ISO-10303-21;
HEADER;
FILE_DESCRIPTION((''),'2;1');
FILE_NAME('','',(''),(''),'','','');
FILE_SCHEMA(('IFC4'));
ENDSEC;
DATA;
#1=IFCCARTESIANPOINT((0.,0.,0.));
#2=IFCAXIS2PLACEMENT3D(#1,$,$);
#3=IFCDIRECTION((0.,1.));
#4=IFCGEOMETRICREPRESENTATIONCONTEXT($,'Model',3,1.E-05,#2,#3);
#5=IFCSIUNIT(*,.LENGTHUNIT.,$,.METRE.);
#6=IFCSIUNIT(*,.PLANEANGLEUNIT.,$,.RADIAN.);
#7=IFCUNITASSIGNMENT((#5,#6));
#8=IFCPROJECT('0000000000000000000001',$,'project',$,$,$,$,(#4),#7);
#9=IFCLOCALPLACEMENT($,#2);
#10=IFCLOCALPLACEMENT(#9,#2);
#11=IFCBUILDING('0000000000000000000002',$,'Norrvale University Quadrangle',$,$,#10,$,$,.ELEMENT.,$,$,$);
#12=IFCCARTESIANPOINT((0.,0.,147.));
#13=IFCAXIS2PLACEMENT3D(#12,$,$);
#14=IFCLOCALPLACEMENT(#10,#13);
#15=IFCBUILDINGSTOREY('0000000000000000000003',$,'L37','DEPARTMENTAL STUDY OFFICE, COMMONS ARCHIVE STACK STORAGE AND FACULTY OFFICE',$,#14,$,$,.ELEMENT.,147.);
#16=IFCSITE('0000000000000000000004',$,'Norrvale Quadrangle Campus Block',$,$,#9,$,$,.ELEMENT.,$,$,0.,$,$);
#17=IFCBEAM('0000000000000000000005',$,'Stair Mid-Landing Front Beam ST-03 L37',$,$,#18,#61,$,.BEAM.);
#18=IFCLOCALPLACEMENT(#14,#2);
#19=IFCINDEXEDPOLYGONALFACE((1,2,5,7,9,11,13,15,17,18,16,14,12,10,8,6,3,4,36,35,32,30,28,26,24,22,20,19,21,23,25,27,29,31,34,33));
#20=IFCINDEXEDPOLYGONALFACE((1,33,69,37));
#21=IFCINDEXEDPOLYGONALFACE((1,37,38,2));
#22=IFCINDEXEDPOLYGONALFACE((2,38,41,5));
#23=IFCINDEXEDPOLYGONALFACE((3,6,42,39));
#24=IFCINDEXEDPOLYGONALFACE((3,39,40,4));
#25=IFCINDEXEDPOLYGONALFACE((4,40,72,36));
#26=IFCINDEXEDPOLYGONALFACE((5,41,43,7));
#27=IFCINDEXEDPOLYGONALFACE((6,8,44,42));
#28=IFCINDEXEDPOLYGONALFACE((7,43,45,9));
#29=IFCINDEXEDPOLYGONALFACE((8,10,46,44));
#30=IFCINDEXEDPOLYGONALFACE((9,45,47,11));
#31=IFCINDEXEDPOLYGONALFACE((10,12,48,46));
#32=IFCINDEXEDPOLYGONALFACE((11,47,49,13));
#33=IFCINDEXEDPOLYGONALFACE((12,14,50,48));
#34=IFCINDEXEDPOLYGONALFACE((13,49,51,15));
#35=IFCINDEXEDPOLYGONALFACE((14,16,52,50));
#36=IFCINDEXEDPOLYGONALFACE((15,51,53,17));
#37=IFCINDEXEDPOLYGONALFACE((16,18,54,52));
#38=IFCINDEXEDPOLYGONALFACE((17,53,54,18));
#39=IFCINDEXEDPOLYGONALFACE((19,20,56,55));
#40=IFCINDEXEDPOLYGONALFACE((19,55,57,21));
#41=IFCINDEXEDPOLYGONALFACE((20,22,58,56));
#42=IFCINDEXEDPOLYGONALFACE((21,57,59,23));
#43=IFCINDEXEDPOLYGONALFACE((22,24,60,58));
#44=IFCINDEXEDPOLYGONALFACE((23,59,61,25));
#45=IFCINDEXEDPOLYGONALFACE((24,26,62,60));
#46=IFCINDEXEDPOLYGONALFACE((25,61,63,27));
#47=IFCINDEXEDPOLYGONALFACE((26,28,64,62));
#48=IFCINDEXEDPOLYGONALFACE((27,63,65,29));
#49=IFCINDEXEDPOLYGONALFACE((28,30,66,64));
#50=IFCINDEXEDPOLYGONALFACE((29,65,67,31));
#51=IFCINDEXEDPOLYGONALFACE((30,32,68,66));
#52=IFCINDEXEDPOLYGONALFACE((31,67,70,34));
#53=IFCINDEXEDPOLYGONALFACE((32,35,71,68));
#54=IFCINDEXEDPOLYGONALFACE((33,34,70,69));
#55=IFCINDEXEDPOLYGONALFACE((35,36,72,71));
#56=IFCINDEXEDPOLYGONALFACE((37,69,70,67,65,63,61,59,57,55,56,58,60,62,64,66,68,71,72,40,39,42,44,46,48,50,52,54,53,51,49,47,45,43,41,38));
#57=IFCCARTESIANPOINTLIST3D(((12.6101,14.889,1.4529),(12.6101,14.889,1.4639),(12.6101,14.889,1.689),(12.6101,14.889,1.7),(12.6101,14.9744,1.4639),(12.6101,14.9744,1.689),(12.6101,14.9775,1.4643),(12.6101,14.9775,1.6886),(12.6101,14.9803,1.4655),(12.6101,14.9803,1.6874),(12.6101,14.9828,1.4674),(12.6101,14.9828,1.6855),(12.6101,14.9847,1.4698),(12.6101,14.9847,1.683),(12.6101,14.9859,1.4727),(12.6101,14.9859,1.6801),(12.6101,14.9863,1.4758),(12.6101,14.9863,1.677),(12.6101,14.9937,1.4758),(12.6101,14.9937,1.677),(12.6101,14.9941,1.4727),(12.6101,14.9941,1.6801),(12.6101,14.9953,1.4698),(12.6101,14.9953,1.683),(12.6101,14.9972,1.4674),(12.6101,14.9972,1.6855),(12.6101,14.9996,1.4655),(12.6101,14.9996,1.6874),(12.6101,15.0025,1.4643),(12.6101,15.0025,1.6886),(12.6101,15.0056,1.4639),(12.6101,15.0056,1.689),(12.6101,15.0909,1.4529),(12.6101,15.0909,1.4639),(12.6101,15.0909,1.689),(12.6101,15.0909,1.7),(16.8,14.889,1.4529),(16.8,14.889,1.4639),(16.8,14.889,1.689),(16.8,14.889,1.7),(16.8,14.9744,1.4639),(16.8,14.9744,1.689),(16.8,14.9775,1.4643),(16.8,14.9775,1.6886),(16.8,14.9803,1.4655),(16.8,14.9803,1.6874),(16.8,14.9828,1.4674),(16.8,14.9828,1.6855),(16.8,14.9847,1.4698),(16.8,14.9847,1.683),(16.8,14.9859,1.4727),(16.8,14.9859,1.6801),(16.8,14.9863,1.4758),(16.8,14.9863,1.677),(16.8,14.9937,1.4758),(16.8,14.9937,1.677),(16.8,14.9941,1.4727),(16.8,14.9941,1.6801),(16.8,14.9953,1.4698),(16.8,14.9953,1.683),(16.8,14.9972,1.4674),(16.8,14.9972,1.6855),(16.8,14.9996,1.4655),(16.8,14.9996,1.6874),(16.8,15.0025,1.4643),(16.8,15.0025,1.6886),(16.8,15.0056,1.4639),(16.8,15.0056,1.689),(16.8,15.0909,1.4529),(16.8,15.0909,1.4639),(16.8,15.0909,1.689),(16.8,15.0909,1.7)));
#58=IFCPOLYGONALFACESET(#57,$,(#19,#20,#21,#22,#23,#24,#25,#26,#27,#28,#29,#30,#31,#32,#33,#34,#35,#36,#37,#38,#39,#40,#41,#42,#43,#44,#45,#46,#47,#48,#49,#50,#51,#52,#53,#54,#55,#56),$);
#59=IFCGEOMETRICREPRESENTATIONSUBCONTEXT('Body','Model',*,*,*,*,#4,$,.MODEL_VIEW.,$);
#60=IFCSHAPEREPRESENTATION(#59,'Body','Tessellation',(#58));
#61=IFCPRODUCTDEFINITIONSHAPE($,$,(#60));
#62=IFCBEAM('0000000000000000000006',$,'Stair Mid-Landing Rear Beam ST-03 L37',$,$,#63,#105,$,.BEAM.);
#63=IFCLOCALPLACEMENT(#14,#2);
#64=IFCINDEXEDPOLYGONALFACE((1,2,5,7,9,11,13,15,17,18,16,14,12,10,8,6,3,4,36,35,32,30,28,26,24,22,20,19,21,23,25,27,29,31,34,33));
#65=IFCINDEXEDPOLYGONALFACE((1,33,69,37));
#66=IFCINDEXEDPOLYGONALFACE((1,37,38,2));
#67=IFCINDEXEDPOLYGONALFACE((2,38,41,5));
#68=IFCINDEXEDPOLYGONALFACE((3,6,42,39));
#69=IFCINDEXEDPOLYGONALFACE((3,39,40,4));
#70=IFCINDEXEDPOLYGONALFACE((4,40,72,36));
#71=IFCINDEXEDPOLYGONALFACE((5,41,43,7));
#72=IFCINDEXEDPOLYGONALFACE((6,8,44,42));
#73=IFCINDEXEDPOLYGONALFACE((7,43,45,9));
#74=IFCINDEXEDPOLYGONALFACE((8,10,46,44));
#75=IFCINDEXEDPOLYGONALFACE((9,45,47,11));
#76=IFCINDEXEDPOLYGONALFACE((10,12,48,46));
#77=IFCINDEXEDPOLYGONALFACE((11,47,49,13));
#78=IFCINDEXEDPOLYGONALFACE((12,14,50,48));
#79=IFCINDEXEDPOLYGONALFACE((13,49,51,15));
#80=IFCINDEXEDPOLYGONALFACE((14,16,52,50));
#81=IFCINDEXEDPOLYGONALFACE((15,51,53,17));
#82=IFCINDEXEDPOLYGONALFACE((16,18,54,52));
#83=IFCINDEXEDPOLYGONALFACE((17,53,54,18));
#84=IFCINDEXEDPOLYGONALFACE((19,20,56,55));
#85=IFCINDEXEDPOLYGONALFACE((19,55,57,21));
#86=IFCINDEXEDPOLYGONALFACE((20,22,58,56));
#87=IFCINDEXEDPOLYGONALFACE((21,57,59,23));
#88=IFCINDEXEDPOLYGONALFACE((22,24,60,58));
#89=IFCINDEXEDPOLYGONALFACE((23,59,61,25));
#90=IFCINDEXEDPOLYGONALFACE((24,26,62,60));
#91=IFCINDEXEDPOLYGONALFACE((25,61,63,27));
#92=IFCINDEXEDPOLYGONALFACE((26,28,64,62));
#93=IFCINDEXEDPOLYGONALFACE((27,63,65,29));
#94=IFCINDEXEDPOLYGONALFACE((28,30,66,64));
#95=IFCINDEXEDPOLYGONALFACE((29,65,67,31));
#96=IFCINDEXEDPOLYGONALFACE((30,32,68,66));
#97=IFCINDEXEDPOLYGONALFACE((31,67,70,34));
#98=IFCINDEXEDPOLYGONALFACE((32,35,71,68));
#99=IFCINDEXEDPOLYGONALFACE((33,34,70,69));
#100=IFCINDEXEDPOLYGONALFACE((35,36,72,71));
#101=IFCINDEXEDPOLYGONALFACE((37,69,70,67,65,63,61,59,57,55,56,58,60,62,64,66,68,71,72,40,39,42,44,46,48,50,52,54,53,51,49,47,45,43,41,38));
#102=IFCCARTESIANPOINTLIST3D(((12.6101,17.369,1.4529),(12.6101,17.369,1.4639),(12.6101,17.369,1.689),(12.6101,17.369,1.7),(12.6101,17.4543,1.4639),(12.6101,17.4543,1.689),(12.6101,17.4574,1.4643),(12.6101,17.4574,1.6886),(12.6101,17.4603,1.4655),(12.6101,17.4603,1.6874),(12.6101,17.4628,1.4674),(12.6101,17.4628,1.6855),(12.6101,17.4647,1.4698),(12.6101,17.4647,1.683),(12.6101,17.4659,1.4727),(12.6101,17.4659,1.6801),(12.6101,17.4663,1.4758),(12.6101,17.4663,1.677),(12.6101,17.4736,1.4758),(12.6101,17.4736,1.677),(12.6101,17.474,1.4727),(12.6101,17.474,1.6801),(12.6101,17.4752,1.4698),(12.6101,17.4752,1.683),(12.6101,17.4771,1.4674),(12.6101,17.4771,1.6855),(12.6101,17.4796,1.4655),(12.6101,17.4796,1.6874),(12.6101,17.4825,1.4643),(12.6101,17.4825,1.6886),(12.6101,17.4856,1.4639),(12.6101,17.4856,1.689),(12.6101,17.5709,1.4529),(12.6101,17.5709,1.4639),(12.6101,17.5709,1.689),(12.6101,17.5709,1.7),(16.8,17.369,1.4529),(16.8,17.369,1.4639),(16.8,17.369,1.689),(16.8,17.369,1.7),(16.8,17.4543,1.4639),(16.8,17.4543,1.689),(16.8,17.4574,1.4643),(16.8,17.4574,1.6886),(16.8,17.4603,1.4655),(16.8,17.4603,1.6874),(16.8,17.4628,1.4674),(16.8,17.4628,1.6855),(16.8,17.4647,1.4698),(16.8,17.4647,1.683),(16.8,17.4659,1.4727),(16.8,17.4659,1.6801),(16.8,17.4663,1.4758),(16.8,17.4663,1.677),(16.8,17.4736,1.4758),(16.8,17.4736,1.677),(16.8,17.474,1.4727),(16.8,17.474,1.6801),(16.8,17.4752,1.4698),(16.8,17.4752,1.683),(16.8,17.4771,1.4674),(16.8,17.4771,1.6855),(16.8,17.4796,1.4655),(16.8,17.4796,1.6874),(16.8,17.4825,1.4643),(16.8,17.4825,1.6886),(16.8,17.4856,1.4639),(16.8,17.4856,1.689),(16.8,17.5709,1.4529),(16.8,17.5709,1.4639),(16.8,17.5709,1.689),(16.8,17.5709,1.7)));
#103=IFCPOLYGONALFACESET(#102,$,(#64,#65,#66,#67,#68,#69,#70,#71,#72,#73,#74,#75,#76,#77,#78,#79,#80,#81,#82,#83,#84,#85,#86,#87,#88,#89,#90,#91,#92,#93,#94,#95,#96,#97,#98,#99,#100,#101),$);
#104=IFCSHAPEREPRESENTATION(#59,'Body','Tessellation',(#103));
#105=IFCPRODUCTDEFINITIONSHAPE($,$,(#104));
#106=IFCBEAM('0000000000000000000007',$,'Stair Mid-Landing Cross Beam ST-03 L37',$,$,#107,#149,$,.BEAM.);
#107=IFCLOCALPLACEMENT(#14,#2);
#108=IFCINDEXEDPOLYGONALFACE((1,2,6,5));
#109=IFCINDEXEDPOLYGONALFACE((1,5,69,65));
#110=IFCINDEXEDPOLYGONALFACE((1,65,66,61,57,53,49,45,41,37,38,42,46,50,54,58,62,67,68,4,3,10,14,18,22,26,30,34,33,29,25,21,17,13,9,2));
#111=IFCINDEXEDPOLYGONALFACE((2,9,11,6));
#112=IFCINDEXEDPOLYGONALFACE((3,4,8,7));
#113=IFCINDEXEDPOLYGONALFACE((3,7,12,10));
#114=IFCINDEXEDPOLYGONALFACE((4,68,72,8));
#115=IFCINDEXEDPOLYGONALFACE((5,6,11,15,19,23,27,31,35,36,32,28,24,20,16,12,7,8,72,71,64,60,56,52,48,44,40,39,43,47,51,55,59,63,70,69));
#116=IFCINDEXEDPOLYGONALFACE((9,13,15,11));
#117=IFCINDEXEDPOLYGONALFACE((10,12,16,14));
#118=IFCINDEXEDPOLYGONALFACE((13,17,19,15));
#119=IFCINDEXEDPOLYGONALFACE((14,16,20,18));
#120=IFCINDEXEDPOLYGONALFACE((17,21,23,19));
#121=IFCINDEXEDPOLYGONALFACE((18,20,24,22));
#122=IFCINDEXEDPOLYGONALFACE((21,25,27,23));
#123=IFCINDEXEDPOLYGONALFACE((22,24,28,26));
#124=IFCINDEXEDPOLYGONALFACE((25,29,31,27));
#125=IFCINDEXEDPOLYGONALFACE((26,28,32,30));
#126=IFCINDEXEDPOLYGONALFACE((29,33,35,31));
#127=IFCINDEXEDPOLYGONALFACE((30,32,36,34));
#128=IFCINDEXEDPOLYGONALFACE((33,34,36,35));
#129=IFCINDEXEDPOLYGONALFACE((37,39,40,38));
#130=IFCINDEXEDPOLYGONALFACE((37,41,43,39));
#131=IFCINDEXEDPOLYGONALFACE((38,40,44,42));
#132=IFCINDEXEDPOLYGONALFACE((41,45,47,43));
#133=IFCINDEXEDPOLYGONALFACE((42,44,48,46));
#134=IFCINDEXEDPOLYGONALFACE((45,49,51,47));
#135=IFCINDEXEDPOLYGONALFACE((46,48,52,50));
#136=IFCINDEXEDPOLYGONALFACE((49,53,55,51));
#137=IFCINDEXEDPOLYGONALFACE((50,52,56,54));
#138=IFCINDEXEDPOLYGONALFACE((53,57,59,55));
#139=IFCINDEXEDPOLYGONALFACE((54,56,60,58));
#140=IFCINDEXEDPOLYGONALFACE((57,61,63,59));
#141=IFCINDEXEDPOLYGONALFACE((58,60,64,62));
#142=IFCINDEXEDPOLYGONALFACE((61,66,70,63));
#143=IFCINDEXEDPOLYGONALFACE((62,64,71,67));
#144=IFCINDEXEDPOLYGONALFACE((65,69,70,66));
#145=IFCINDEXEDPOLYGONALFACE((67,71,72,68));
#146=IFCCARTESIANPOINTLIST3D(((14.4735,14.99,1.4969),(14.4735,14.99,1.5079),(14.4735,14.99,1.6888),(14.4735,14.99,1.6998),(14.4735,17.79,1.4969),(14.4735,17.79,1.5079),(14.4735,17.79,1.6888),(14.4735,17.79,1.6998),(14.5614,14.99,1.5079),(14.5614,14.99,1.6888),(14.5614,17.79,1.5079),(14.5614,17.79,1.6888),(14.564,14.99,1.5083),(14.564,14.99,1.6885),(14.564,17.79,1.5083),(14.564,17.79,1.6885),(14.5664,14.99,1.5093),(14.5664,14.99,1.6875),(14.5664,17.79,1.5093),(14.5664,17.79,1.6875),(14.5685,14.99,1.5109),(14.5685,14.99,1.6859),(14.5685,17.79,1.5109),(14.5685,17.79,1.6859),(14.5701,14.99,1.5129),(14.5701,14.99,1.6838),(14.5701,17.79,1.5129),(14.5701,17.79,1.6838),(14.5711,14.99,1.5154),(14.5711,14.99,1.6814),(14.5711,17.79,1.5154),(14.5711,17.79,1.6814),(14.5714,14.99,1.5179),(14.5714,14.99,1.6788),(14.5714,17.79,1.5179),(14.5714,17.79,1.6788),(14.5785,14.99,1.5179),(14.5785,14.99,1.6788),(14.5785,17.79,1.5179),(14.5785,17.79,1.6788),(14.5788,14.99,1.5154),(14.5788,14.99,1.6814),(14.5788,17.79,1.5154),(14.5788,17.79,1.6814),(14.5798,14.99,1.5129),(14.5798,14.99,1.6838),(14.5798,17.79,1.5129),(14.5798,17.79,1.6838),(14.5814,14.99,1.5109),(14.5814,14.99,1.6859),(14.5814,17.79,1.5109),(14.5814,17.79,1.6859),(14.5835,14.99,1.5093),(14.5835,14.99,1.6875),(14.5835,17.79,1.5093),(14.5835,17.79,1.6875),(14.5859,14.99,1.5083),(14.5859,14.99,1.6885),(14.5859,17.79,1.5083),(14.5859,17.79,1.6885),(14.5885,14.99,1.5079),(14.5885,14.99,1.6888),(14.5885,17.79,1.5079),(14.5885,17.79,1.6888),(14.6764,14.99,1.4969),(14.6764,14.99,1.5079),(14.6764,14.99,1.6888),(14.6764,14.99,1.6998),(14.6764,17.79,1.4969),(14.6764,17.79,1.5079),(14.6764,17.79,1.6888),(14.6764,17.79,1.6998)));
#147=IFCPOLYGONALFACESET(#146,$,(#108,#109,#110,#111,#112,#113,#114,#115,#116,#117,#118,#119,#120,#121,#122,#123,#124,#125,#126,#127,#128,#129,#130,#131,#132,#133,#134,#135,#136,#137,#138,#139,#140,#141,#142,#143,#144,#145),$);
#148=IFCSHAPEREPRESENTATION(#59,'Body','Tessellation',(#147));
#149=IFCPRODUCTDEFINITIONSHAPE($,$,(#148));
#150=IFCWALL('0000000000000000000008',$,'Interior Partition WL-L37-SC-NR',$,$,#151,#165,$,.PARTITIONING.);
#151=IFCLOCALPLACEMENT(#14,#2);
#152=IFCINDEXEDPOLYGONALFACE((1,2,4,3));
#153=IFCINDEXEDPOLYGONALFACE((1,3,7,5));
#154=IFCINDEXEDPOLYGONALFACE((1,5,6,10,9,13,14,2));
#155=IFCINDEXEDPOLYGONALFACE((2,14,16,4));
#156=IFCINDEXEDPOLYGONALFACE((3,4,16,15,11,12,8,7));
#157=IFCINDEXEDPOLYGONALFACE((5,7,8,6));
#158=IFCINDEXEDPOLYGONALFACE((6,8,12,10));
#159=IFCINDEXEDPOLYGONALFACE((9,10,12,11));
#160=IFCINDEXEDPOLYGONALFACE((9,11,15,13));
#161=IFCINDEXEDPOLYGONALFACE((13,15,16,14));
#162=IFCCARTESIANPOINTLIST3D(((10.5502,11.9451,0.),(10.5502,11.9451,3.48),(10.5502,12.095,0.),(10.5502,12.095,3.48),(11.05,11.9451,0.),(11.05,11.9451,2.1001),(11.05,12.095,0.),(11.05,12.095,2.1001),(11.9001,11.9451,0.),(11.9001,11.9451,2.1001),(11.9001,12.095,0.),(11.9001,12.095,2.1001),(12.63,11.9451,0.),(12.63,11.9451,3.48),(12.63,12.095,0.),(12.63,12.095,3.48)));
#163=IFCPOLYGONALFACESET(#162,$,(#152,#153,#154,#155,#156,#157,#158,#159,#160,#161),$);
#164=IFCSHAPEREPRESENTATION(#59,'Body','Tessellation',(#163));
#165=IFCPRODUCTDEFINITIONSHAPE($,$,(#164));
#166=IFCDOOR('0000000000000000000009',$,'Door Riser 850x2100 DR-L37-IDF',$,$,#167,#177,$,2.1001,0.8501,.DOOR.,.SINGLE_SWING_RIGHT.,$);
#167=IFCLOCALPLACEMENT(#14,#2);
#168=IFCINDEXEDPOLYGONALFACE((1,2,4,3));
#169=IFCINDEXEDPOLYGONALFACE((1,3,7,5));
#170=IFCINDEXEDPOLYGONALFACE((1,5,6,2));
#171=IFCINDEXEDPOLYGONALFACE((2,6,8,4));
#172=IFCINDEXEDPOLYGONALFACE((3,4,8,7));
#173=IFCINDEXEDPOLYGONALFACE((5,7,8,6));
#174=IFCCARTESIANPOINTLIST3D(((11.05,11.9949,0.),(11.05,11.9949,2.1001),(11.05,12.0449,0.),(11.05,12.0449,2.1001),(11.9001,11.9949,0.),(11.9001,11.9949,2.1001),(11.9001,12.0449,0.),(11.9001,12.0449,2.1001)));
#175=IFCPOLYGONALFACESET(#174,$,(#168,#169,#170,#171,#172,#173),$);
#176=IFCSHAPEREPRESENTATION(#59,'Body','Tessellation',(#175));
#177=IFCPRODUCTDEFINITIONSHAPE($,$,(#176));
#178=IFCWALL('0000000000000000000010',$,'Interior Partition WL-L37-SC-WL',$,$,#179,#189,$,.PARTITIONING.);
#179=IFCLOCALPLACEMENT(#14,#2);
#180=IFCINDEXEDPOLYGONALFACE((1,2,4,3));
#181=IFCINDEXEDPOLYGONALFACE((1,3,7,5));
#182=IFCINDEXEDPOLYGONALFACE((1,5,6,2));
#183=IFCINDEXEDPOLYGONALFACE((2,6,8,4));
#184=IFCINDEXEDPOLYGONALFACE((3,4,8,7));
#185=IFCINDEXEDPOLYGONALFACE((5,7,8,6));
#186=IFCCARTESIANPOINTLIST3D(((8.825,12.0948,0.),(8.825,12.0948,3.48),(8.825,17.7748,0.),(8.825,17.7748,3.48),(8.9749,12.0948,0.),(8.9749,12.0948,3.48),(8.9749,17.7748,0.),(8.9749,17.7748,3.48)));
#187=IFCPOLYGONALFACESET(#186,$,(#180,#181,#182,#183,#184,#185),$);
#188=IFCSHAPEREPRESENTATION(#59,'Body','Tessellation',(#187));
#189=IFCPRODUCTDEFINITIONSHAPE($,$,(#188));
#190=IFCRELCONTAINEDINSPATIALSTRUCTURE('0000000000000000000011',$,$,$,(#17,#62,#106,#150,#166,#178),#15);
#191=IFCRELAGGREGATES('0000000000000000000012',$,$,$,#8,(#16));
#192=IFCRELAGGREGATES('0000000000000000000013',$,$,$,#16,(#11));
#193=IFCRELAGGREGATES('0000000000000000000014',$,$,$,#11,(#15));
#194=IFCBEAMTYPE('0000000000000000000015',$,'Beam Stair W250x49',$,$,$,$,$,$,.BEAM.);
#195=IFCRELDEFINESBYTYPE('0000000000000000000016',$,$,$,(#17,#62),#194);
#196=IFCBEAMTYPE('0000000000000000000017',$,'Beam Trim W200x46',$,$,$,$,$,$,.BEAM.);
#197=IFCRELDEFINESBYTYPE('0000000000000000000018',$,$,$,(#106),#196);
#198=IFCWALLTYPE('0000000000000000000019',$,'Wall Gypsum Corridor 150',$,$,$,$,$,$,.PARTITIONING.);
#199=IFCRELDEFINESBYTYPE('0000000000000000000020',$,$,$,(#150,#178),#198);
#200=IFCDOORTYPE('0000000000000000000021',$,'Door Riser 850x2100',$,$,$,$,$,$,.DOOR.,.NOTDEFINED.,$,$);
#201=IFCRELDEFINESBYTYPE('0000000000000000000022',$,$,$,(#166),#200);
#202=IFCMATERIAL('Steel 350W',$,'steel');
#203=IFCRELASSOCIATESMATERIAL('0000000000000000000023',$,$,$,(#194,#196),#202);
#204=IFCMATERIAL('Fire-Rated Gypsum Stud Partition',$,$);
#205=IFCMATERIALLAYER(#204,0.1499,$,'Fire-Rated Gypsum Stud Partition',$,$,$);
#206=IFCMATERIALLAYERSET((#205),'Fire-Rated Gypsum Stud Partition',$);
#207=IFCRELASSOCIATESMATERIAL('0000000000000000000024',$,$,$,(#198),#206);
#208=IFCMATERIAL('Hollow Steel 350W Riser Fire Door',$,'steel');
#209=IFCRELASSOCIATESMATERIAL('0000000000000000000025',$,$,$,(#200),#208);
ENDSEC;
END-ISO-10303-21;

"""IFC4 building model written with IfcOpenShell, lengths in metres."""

from ifc_helpers import new_model, si_unit, direction, frame, frame_2d, origin, origin_2d, place, context, subcontext, project, spatial, rectangle, i_section, extrude, material, layer, layer_set, material_profile, profile_set, type_object, element, fill, save


model = new_model("IFC4")

# Units and contexts
model_context = context("Model", 3, precision=1e-05, world=origin(), true_north=direction((0.0, 1.0)))
body_context = subcontext(model_context, "Body", "Model", "MODEL_VIEW")
ifc_project = project(units=[si_unit("LENGTHUNIT", "METRE"), si_unit("PLANEANGLEUNIT", "RADIAN")], contexts=[model_context])

# Site, building, storey
site_placement = place(None, origin())
site = spatial("IfcSite", under=ifc_project, at=site_placement, Name="Norrvale Quadrangle Campus Block", CompositionType="ELEMENT", RefElevation=0.0)
building_placement = place(site_placement, origin())
building = spatial("IfcBuilding", under=site, at=building_placement, Name="Norrvale University Quadrangle", CompositionType="ELEMENT")
storey_placement = place(building_placement, frame((0.0, 0.0, 147.0)))
storey = spatial("IfcBuildingStorey", under=building, at=storey_placement, Name="L37", Description="DEPARTMENTAL STUDY OFFICE, COMMONS ARCHIVE STACK STORAGE AND FACULTY OFFICE", CompositionType="ELEMENT", Elevation=147.0)

# Beams
ifc_material_1 = material(Name="Steel 350W", Category="steel")
ifc_material_profile_1 = material_profile(ifc_material_1, i_section(OverallWidth=0.2019, OverallDepth=0.2471, WebThickness=0.0073, FlangeThickness=0.011, FilletRadius=0.012, at=origin_2d()), Name="Steel 350W")
ifc_profile_set_1 = profile_set([ifc_material_profile_1], Name="Steel 350W")
beam_type_1 = type_object("IfcBeamType", Name="Beam Stair W250x49", PredefinedType="BEAM", material=ifc_profile_set_1)
for number, where, z_axis, x_axis, name in (
    (1, (12.6101, 14.99, 1.5764), (1.0, 0.0, 0.0), (0.0, 1.0, 0.0), "Stair Mid-Landing Front Beam ST-03 L37"),
    (2, (12.6101, 17.47, 1.5764), (1.0, 0.0, 0.0), (0.0, 1.0, 0.0), "Stair Mid-Landing Rear Beam ST-03 L37"),
):
    element("IfcBeam", number, at=place(storey_placement, frame(where, z_axis=z_axis, x_axis=x_axis)), inside=storey, type_object=beam_type_1, Name=name, PredefinedType="BEAM", context=body_context, shape_type="SweptSolid", body=[
        extrude(i_section(OverallWidth=0.2019, OverallDepth=0.2471, WebThickness=0.0073, FlangeThickness=0.011, FilletRadius=0.012, at=origin_2d()), origin(), (0.0, 0.0, 1.0), 4.1899),
    ])
ifc_material_profile_2 = material_profile(ifc_material_1, i_section(OverallWidth=0.2029, OverallDepth=0.2029, WebThickness=0.0071, FlangeThickness=0.011, FilletRadius=0.01, at=origin_2d()), Name="Steel 350W")
ifc_profile_set_2 = profile_set([ifc_material_profile_2], Name="Steel 350W")
beam_type_2 = type_object("IfcBeamType", Name="Beam Trim W200x46", PredefinedType="BEAM", material=ifc_profile_set_2)
beam_placement = place(storey_placement, frame((14.575, 14.99, 1.5984), z_axis=(0.0, 1.0, 0.0), x_axis=(-1.0, 0.0, 0.0)))
element("IfcBeam", 3, at=beam_placement, inside=storey, type_object=beam_type_2, Name="Stair Mid-Landing Cross Beam ST-03 L37", PredefinedType="BEAM", context=body_context, shape_type="SweptSolid", body=[
    extrude(i_section(OverallWidth=0.2029, OverallDepth=0.2029, WebThickness=0.0071, FlangeThickness=0.011, FilletRadius=0.01, at=origin_2d()), origin(), (0.0, 0.0, 1.0), 2.8),
])

# Wall, opening, door
ifc_material_2 = material(Name="Fire-Rated Gypsum Stud Partition")
ifc_layer_1 = layer(ifc_material_2, 0.1499, Name="Fire-Rated Gypsum Stud Partition")
ifc_layer_set_1 = layer_set([ifc_layer_1], Name="Fire-Rated Gypsum Stud Partition")
wall_type_1 = type_object("IfcWallType", Name="Wall Gypsum Corridor 150", PredefinedType="PARTITIONING", material=ifc_layer_set_1)
wall_1_placement = place(storey_placement, frame((10.55, 12.02, 0.0), z_axis=(0.0, 0.0, 1.0), x_axis=(1.0, 0.0, 0.0)))
wall_1 = element("IfcWall", 4, at=wall_1_placement, inside=storey, type_object=wall_type_1, Name="Interior Partition WL-L37-SC-NR", PredefinedType="PARTITIONING", context=body_context, shape_type="SweptSolid", body=[
    extrude(rectangle(XDim=2.0798, YDim=0.1499, at=frame_2d((1.04, 0.0))), origin(), (0.0, 0.0, 1.0), 3.48),
])
opening_1_placement = place(wall_1_placement, frame((0.5, 0.0, 0.0)))
opening_1 = element("IfcOpeningElement", 5, at=opening_1_placement, cuts=wall_1, PredefinedType="OPENING", context=body_context, shape_type="SweptSolid", body=[
    extrude(rectangle(XDim=0.8501, YDim=2.1001, at=frame_2d((0.425, 1.05))), frame((0.0, 0.0869, 0.0), z_axis=(0.0, -1.0, 0.0), x_axis=(1.0, 0.0, 0.0)), (0.0, 0.0, 1.0), 0.1738),
])
ifc_material_3 = material(Name="Hollow Steel 350W Riser Fire Door", Category="steel")
door_type_1 = type_object("IfcDoorType", Name="Door Riser 850x2100", OperationType="NOTDEFINED", PredefinedType="DOOR", material=ifc_material_3)
door_1_placement = place(opening_1_placement, origin())
door_1 = element("IfcDoor", 6, at=door_1_placement, inside=storey, type_object=door_type_1, Name="Door Riser 850x2100 DR-L37-IDF", OperationType="SINGLE_SWING_RIGHT", OverallHeight=2.1001, OverallWidth=0.8501, PredefinedType="DOOR", context=body_context, shape_type="SweptSolid", body=[
    extrude(rectangle(XDim=0.8501, YDim=2.1001, at=frame_2d((0.425, 1.05))), frame((0.0, 0.0249, 0.0), z_axis=(0.0, -1.0, 0.0), x_axis=(1.0, 0.0, 0.0)), (0.0, 0.0, 1.0), 0.05),
])
fill(opening_1, door_1)

# Wall
for number, where, z_axis, x_axis, name in (
    (7, (8.8999, 12.095, 0.0), (0.0, 0.0, 1.0), (0.0, 1.0, 0.0), "Interior Partition WL-L37-SC-WL"),
):
    element("IfcWall", number, at=place(storey_placement, frame(where, z_axis=z_axis, x_axis=x_axis)), inside=storey, type_object=wall_type_1, Name=name, PredefinedType="PARTITIONING", context=body_context, shape_type="SweptSolid", body=[
        extrude(rectangle(XDim=5.6799, YDim=0.1499, at=frame_2d((2.8398, 0.0))), origin(), (0.0, 0.0, 1.0), 3.48),
    ])

save(model, "model.ifc")
